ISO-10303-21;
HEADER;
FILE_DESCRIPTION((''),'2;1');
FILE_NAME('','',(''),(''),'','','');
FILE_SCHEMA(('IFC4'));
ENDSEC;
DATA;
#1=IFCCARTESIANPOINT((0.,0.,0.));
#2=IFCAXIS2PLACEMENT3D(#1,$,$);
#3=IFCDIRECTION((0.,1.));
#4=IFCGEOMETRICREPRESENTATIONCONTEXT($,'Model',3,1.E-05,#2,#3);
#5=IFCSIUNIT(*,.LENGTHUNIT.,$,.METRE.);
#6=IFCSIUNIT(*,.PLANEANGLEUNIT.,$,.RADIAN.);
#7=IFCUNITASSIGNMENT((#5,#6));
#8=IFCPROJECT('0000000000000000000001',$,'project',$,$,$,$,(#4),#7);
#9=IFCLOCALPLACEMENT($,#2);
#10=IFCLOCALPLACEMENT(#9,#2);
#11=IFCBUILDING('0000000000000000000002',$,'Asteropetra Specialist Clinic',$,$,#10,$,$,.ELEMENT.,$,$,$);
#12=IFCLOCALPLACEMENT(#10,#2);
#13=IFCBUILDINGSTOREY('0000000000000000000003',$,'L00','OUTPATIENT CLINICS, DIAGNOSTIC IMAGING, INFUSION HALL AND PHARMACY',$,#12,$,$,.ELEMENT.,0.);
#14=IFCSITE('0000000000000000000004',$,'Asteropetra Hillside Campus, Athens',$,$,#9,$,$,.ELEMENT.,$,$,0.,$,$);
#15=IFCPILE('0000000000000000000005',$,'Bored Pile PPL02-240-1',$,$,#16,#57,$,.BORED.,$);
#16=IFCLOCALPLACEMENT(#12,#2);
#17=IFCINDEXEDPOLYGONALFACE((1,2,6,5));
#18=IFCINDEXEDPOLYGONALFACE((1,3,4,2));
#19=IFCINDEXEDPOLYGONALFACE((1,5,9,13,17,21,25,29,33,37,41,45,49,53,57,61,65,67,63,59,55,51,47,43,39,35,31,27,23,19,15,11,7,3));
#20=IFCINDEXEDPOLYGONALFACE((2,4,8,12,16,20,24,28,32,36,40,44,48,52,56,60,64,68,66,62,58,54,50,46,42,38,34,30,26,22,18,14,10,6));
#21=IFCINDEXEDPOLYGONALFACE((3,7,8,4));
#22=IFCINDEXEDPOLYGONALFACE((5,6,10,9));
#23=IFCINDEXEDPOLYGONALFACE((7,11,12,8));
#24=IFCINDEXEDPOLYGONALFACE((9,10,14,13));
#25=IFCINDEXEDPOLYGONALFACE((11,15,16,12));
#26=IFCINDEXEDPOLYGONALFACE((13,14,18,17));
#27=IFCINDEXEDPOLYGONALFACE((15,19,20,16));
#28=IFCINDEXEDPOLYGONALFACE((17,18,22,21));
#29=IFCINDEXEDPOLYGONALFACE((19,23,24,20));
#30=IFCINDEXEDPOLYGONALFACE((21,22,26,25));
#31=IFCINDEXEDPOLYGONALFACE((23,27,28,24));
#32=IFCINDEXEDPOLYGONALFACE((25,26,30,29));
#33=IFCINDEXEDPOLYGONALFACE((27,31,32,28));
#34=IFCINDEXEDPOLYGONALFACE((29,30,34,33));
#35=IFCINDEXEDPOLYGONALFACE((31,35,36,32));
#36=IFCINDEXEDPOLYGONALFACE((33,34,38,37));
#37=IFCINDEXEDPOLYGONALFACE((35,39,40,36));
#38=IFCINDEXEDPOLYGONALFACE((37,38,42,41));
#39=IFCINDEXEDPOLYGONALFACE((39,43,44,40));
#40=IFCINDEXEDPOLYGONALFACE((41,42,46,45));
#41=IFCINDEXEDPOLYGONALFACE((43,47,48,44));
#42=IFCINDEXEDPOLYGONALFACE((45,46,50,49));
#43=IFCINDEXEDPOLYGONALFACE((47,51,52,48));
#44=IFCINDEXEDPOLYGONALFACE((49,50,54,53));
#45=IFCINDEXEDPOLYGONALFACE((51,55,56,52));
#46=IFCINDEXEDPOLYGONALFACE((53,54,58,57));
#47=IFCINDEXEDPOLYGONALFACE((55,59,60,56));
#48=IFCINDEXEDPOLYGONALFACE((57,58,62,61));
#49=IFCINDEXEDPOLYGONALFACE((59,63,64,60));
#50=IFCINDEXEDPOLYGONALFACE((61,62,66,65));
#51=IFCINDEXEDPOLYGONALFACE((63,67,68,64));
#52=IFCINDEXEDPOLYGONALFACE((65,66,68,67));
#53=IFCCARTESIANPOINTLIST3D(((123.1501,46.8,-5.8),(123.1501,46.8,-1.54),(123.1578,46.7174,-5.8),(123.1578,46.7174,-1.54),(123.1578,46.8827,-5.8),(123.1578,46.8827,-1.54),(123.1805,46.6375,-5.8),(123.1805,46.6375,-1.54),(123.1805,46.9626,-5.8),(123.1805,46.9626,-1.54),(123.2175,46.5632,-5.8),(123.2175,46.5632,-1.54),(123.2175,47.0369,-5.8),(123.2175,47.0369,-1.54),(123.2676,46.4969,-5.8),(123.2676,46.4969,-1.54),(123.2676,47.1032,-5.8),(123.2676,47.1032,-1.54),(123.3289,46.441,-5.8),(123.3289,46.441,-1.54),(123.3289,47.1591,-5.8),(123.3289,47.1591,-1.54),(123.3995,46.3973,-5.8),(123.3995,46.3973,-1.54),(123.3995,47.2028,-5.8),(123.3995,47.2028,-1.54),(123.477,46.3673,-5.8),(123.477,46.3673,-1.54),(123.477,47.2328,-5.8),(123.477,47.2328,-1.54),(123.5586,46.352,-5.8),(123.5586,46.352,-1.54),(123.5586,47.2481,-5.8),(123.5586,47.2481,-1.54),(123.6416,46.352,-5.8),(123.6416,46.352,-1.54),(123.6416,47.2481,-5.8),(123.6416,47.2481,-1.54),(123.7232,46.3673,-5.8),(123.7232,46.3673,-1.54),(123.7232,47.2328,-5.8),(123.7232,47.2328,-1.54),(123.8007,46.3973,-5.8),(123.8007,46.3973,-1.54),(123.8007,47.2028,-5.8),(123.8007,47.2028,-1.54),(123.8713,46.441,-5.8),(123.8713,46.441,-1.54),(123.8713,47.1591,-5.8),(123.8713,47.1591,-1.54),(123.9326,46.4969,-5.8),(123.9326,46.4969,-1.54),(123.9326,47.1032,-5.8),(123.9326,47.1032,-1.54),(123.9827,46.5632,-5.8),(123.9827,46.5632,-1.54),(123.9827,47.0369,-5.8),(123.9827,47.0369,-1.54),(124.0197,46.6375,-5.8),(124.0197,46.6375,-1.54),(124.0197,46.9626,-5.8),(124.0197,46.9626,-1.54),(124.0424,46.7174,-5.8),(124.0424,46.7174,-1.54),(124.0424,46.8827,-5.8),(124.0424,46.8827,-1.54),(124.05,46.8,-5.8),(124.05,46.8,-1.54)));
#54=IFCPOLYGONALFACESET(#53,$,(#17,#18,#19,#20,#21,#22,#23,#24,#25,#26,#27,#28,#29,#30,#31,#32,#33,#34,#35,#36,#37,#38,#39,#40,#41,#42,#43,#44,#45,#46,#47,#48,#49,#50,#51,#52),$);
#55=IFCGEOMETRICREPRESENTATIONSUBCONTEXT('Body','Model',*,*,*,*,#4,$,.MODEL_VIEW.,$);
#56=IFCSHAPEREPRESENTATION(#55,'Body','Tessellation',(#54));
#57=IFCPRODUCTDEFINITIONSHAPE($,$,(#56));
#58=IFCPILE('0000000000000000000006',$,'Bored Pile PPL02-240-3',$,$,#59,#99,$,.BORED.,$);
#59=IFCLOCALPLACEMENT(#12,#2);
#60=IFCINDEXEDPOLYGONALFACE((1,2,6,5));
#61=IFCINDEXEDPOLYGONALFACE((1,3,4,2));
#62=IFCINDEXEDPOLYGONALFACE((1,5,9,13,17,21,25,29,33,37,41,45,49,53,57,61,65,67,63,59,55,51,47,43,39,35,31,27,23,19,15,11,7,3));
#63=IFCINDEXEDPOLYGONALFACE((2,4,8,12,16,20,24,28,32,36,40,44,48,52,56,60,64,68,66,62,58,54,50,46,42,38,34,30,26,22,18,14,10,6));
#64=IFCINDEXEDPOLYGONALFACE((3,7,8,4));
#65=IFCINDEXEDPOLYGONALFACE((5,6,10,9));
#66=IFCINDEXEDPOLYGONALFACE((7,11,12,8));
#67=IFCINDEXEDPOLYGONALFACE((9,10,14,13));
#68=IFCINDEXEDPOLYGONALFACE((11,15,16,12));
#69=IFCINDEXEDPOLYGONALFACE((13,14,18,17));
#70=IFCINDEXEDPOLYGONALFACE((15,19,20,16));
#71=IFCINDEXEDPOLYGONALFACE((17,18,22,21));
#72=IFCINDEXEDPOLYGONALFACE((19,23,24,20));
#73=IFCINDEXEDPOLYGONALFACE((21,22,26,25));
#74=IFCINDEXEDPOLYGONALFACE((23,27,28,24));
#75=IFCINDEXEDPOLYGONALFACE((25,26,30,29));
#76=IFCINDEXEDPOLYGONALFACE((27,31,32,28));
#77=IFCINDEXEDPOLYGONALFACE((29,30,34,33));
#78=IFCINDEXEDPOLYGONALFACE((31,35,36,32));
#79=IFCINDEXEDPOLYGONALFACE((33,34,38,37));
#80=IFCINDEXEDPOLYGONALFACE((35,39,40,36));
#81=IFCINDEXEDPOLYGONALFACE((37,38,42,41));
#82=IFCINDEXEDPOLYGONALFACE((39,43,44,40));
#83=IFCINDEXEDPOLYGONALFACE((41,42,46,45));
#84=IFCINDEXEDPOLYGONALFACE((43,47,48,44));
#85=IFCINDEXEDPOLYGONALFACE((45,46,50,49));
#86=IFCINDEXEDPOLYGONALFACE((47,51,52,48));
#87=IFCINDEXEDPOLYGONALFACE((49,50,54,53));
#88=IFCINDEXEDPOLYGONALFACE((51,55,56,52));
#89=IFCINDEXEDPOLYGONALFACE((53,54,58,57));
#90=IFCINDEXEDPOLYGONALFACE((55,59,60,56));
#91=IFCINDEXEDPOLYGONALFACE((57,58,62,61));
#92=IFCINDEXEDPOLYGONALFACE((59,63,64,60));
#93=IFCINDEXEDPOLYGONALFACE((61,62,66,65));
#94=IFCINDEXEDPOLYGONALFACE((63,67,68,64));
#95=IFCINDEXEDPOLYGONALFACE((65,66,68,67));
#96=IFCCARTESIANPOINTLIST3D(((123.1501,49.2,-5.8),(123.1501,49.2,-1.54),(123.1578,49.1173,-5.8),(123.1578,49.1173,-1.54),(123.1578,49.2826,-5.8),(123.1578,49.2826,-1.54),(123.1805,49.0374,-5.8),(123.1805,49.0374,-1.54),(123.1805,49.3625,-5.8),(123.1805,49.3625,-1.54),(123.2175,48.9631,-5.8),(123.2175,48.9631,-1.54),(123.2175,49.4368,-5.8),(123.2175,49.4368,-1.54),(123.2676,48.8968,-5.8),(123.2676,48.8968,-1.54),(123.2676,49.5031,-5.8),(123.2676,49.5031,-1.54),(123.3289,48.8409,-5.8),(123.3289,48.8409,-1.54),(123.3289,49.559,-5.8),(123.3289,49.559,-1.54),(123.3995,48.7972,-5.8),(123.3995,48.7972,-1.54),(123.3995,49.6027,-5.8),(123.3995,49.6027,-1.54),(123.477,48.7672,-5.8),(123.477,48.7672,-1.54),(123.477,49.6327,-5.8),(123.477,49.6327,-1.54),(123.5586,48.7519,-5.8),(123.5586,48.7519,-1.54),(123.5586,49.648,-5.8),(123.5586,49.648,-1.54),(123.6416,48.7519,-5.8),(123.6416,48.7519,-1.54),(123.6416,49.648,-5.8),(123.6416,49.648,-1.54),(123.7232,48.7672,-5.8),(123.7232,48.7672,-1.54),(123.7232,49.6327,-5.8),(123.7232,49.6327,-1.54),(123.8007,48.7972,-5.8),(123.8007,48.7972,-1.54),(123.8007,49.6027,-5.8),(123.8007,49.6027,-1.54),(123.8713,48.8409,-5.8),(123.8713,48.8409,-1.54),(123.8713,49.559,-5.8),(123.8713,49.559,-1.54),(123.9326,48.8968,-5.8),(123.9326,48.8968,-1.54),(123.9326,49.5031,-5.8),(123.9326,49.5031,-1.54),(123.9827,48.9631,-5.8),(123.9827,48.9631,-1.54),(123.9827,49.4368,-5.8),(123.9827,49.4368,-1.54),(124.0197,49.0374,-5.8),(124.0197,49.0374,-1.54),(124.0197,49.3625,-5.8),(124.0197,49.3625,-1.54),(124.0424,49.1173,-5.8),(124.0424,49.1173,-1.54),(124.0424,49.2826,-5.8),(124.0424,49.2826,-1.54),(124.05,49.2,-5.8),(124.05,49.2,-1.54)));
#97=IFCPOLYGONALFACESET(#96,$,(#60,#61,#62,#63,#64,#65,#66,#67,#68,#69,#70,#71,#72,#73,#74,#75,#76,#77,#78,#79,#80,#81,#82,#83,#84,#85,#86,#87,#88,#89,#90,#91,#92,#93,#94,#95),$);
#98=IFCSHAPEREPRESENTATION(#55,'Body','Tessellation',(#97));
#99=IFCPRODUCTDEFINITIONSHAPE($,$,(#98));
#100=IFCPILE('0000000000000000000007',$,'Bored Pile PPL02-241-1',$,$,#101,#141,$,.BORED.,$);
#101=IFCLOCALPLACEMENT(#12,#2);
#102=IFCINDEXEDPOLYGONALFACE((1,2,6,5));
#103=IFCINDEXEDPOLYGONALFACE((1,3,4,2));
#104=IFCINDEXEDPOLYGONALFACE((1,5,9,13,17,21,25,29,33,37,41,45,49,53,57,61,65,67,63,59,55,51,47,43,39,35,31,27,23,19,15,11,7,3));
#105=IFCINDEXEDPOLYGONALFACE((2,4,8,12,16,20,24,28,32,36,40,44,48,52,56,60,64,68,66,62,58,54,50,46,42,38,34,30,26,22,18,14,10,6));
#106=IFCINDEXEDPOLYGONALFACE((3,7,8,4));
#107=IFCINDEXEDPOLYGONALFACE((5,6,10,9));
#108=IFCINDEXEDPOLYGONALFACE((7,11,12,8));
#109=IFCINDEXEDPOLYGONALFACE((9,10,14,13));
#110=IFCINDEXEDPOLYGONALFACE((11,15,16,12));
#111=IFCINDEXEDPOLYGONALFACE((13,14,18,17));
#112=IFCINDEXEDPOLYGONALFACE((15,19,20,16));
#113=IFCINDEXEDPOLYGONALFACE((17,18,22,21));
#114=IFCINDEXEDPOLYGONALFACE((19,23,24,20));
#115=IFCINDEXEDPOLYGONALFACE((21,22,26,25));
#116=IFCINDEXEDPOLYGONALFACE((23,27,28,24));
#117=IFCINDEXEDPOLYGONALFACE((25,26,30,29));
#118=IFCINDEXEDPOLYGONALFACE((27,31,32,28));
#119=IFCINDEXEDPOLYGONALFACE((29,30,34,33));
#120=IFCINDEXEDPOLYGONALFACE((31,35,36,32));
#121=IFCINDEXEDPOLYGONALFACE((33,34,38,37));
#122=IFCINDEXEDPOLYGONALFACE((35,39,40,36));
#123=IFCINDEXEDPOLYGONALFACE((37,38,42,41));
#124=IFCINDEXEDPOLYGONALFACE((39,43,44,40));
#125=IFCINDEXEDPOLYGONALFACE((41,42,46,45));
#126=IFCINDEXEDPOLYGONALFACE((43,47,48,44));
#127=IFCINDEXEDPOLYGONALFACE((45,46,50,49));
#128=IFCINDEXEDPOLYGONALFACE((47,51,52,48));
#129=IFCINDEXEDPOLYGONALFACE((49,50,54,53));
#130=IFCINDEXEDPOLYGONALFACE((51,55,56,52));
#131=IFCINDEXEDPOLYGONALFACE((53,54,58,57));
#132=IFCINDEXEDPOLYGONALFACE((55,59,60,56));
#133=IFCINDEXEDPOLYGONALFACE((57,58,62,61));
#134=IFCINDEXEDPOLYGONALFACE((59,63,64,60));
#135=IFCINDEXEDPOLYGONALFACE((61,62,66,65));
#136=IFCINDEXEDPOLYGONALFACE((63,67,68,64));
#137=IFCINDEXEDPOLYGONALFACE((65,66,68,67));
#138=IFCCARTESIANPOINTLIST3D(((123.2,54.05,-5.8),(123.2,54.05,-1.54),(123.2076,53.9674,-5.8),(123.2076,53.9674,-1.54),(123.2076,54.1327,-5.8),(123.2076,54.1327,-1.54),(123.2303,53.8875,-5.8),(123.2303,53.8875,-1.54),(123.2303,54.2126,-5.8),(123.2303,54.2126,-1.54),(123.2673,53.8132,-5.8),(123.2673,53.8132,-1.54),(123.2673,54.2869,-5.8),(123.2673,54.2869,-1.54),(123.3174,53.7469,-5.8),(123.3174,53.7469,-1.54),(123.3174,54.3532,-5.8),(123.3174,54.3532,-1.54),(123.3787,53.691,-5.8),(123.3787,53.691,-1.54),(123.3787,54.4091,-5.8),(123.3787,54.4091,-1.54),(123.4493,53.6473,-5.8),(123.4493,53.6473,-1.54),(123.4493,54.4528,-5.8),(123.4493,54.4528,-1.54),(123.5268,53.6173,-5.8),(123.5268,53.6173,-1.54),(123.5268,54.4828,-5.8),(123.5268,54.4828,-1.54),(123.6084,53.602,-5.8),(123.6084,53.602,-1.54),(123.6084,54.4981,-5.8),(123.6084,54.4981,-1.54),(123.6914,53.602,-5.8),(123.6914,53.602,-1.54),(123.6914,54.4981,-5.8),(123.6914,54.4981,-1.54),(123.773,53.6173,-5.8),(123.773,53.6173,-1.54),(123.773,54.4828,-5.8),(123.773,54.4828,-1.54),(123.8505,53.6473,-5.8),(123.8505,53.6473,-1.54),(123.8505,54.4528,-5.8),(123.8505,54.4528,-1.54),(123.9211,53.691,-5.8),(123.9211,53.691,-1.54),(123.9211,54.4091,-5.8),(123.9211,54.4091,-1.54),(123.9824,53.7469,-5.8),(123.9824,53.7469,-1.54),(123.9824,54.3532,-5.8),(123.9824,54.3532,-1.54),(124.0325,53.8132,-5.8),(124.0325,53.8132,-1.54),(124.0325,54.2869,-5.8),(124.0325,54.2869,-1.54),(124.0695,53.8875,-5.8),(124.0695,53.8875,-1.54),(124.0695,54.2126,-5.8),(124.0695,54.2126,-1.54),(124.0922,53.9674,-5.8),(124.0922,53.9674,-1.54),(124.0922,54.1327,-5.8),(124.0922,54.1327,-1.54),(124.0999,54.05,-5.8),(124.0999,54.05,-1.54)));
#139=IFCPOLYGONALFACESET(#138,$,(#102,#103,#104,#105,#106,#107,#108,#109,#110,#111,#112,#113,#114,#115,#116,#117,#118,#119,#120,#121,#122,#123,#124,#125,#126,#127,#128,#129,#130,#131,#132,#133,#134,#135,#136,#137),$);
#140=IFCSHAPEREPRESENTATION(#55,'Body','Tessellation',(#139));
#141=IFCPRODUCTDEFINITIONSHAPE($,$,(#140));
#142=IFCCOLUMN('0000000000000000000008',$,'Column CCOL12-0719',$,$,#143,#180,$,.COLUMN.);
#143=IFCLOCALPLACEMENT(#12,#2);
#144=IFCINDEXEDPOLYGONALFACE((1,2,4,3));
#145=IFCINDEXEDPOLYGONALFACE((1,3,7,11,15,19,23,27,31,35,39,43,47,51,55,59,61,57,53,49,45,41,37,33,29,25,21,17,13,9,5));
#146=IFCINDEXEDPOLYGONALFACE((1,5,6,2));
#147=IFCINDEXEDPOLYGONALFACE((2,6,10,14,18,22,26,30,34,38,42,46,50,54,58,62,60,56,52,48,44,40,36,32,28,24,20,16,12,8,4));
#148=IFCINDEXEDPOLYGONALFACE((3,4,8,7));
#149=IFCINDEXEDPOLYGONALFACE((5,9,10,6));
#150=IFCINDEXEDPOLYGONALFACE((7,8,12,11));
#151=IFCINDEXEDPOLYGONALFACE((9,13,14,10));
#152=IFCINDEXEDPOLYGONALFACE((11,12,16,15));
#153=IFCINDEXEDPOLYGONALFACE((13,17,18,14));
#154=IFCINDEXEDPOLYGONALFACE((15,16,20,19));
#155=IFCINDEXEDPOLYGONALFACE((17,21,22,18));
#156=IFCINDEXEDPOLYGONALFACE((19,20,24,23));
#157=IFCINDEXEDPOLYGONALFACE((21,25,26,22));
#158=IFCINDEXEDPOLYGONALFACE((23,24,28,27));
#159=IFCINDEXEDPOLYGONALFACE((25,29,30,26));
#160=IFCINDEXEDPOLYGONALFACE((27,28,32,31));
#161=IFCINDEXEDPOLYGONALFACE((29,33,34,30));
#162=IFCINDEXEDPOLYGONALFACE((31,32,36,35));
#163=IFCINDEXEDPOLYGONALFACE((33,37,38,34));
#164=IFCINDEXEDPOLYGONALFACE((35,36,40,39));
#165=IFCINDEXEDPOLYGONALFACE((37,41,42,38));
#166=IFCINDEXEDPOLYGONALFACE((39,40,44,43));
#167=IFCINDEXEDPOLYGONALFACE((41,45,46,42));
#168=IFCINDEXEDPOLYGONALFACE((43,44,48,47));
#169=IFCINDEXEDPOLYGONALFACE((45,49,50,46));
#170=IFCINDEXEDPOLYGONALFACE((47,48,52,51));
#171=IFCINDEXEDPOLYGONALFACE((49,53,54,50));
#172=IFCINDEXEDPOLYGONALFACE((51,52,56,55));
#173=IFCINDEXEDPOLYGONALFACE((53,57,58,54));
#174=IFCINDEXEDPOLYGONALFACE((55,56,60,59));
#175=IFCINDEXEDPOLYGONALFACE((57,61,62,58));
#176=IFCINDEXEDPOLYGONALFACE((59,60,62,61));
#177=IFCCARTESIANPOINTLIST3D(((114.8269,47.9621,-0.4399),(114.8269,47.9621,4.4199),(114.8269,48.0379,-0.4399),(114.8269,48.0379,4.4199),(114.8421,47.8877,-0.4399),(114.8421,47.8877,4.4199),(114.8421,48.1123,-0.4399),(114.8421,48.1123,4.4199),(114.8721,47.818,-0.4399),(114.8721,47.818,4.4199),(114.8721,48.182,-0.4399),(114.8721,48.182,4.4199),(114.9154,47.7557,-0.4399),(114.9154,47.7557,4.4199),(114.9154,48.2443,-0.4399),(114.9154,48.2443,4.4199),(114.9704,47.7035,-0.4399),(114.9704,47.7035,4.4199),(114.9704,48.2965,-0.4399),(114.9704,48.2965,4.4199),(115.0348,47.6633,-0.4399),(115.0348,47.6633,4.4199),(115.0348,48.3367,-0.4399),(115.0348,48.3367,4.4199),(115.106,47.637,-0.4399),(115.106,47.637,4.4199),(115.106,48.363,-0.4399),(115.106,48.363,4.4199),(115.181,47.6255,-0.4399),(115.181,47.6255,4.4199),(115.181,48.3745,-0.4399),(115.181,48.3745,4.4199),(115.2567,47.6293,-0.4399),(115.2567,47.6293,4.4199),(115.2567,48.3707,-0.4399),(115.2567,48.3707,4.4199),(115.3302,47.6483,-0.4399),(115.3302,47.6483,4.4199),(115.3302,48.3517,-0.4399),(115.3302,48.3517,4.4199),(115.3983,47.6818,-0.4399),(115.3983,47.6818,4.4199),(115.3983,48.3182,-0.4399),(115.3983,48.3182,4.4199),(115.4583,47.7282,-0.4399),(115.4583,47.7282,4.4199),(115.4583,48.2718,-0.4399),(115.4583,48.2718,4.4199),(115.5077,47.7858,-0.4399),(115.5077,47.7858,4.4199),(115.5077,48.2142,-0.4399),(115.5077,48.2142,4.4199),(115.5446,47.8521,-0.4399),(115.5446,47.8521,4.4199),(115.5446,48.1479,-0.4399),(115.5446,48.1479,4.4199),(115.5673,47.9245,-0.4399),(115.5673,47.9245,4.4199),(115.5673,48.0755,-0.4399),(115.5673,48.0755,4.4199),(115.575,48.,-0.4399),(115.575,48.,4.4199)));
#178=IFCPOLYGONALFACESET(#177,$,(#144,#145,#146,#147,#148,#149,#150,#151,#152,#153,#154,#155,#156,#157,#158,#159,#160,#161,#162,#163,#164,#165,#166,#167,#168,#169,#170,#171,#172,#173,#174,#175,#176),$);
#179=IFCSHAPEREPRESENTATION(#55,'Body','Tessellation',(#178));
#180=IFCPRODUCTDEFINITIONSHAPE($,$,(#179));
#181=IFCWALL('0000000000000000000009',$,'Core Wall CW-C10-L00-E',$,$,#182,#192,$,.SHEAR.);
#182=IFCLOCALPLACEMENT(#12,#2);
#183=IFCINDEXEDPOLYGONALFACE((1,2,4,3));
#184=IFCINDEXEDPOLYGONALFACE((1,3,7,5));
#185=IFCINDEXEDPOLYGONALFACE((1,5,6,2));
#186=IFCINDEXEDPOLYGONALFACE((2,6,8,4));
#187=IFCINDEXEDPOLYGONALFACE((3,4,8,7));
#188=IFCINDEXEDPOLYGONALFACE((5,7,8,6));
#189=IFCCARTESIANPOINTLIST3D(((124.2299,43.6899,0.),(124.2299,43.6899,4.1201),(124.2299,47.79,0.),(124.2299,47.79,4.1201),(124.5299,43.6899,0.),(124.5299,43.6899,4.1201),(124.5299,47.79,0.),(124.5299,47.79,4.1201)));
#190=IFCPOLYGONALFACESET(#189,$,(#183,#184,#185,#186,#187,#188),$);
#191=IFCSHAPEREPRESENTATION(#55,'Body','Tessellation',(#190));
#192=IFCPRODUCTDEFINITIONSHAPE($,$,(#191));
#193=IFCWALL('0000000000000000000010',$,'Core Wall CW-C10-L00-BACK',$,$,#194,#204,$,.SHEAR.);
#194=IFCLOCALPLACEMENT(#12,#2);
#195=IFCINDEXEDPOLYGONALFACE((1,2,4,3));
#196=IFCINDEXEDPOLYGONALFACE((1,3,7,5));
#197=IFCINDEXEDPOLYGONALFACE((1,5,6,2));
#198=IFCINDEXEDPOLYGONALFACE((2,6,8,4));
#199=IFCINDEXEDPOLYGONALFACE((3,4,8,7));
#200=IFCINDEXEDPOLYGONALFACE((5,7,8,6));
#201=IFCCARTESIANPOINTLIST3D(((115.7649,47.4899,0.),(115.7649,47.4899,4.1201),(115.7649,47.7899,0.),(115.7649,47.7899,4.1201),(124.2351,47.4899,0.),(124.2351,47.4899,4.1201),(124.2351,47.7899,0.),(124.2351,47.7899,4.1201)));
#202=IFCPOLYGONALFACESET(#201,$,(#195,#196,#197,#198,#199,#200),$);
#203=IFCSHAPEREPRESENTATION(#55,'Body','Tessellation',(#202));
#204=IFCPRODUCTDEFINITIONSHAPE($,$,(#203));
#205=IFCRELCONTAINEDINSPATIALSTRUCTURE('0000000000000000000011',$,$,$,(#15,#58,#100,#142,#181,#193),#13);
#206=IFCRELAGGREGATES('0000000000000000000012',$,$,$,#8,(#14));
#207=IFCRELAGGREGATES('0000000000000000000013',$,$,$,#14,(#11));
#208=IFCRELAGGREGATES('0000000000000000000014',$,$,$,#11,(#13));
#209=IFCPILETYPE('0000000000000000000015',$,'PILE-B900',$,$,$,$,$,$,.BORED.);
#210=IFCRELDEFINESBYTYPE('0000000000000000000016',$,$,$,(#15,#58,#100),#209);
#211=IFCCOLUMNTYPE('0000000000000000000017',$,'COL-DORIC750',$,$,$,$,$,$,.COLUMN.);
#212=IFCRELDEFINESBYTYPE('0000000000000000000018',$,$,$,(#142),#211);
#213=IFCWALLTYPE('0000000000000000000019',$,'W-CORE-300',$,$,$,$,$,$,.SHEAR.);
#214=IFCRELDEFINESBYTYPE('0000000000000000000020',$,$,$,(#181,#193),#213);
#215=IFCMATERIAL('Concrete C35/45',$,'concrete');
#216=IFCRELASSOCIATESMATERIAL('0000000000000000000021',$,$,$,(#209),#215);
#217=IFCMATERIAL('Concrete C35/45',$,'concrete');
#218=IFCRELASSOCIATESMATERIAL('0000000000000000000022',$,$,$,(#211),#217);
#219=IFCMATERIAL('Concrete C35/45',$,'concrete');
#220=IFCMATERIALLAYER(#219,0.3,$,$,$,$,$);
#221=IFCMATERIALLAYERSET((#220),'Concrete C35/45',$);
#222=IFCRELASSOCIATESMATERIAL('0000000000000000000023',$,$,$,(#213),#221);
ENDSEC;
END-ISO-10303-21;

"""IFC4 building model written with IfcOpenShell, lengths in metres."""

from ifc_helpers import new_model, si_unit, direction, frame, frame_2d, origin, origin_2d, place, context, subcontext, project, spatial, rectangle, circle, extrude, material, layer, layer_set, material_profile, profile_set, type_object, element, save


model = new_model("IFC4")

# Units and contexts
model_context = context("Model", 3, precision=1e-05, world=origin(), true_north=direction((0.0, 1.0)))
body_context = subcontext(model_context, "Body", "Model", "MODEL_VIEW")
ifc_project = project(units=[si_unit("LENGTHUNIT", "METRE"), si_unit("PLANEANGLEUNIT", "RADIAN")], contexts=[model_context])

# Site, building, storey
site_placement = place(None, origin())
site = spatial("IfcSite", under=ifc_project, at=site_placement, Name="Asteropetra Hillside Campus, Athens", CompositionType="ELEMENT", RefElevation=0.0)
building_placement = place(site_placement, origin())
building = spatial("IfcBuilding", under=site, at=building_placement, Name="Asteropetra Specialist Clinic", CompositionType="ELEMENT")
storey_placement = place(building_placement, origin())
storey = spatial("IfcBuildingStorey", under=building, at=storey_placement, Name="L00", Description="OUTPATIENT CLINICS, DIAGNOSTIC IMAGING, INFUSION HALL AND PHARMACY", CompositionType="ELEMENT", Elevation=0.0)

# Piles
ifc_material_1 = material(Name="Concrete C35/45", Category="concrete")
ifc_material_profile_1 = material_profile(ifc_material_1, circle(Radius=0.45, at=origin_2d()), Name="PILE D900")
ifc_profile_set_1 = profile_set([ifc_material_profile_1], Name="Concrete C35/45")
pile_type_1 = type_object("IfcPileType", Name="PILE-B900", PredefinedType="BORED", material=ifc_profile_set_1)
for number, where, z_axis, x_axis, name in (
    (1, (123.6001, 46.8, -1.54), (0.0, 0.0, -1.0), (1.0, 0.0, 0.0), "Bored Pile PPL02-240-1"),
    (2, (123.6001, 49.2, -1.54), (0.0, 0.0, -1.0), (1.0, 0.0, 0.0), "Bored Pile PPL02-240-3"),
    (3, (123.6499, 54.05, -1.54), (0.0, 0.0, -1.0), (1.0, 0.0, 0.0), "Bored Pile PPL02-241-1"),
):
    element("IfcPile", number, at=place(storey_placement, frame(where, z_axis=z_axis, x_axis=x_axis)), inside=storey, type_object=pile_type_1, Name=name, PredefinedType="BORED", context=body_context, shape_type="SweptSolid", body=[
        extrude(circle(Radius=0.45, at=origin_2d()), origin(), (0.0, 0.0, 1.0), 4.26),
    ])

# Column
ifc_material_2 = material(Name="Concrete C35/45", Category="concrete")
ifc_material_profile_2 = material_profile(ifc_material_2, circle(Radius=0.375, at=origin_2d()), Name="RCC D750")
ifc_profile_set_2 = profile_set([ifc_material_profile_2], Name="Concrete C35/45")
column_type = type_object("IfcColumnType", Name="COL-DORIC750", PredefinedType="COLUMN", material=ifc_profile_set_2)
column_placement = place(storey_placement, frame((115.2, 48.0, -0.4399), z_axis=(0.0, 0.0, 1.0), x_axis=(1.0, 0.0, 0.0)))
element("IfcColumn", 4, at=column_placement, inside=storey, type_object=column_type, Name="Column CCOL12-0719", PredefinedType="COLUMN", context=body_context, shape_type="SweptSolid", body=[
    extrude(circle(Radius=0.375, at=origin_2d()), origin(), (0.0, 0.0, 1.0), 4.8599),
])

# Walls
ifc_material_3 = material(Name="Concrete C35/45", Category="concrete")
ifc_layer_1 = layer(ifc_material_3, 0.3)
ifc_layer_set_1 = layer_set([ifc_layer_1], Name="Concrete C35/45")
wall_type_1 = type_object("IfcWallType", Name="W-CORE-300", PredefinedType="SHEAR", material=ifc_layer_set_1)
wall_1_placement = place(storey_placement, frame((124.3799, 43.6899, 0.0), z_axis=(0.0, 0.0, 1.0), x_axis=(0.0, 1.0, 0.0)))
element("IfcWall", 5, at=wall_1_placement, inside=storey, type_object=wall_type_1, Name="Core Wall CW-C10-L00-E", PredefinedType="SHEAR", context=body_context, shape_type="SweptSolid", body=[
    extrude(rectangle(XDim=4.1001, YDim=0.3, at=frame_2d((2.05, 0.0))), origin(), (0.0, 0.0, 1.0), 4.1201),
])
wall_2_placement = place(storey_placement, frame((115.7649, 47.6399, 0.0), z_axis=(0.0, 0.0, 1.0), x_axis=(1.0, 0.0, 0.0)))
element("IfcWall", 6, at=wall_2_placement, inside=storey, type_object=wall_type_1, Name="Core Wall CW-C10-L00-BACK", PredefinedType="SHEAR", context=body_context, shape_type="SweptSolid", body=[
    extrude(rectangle(XDim=8.4702, YDim=0.3, at=frame_2d((4.2351, 0.0))), origin(), (0.0, 0.0, 1.0), 4.1201),
])

save(model, "model.ifc")
